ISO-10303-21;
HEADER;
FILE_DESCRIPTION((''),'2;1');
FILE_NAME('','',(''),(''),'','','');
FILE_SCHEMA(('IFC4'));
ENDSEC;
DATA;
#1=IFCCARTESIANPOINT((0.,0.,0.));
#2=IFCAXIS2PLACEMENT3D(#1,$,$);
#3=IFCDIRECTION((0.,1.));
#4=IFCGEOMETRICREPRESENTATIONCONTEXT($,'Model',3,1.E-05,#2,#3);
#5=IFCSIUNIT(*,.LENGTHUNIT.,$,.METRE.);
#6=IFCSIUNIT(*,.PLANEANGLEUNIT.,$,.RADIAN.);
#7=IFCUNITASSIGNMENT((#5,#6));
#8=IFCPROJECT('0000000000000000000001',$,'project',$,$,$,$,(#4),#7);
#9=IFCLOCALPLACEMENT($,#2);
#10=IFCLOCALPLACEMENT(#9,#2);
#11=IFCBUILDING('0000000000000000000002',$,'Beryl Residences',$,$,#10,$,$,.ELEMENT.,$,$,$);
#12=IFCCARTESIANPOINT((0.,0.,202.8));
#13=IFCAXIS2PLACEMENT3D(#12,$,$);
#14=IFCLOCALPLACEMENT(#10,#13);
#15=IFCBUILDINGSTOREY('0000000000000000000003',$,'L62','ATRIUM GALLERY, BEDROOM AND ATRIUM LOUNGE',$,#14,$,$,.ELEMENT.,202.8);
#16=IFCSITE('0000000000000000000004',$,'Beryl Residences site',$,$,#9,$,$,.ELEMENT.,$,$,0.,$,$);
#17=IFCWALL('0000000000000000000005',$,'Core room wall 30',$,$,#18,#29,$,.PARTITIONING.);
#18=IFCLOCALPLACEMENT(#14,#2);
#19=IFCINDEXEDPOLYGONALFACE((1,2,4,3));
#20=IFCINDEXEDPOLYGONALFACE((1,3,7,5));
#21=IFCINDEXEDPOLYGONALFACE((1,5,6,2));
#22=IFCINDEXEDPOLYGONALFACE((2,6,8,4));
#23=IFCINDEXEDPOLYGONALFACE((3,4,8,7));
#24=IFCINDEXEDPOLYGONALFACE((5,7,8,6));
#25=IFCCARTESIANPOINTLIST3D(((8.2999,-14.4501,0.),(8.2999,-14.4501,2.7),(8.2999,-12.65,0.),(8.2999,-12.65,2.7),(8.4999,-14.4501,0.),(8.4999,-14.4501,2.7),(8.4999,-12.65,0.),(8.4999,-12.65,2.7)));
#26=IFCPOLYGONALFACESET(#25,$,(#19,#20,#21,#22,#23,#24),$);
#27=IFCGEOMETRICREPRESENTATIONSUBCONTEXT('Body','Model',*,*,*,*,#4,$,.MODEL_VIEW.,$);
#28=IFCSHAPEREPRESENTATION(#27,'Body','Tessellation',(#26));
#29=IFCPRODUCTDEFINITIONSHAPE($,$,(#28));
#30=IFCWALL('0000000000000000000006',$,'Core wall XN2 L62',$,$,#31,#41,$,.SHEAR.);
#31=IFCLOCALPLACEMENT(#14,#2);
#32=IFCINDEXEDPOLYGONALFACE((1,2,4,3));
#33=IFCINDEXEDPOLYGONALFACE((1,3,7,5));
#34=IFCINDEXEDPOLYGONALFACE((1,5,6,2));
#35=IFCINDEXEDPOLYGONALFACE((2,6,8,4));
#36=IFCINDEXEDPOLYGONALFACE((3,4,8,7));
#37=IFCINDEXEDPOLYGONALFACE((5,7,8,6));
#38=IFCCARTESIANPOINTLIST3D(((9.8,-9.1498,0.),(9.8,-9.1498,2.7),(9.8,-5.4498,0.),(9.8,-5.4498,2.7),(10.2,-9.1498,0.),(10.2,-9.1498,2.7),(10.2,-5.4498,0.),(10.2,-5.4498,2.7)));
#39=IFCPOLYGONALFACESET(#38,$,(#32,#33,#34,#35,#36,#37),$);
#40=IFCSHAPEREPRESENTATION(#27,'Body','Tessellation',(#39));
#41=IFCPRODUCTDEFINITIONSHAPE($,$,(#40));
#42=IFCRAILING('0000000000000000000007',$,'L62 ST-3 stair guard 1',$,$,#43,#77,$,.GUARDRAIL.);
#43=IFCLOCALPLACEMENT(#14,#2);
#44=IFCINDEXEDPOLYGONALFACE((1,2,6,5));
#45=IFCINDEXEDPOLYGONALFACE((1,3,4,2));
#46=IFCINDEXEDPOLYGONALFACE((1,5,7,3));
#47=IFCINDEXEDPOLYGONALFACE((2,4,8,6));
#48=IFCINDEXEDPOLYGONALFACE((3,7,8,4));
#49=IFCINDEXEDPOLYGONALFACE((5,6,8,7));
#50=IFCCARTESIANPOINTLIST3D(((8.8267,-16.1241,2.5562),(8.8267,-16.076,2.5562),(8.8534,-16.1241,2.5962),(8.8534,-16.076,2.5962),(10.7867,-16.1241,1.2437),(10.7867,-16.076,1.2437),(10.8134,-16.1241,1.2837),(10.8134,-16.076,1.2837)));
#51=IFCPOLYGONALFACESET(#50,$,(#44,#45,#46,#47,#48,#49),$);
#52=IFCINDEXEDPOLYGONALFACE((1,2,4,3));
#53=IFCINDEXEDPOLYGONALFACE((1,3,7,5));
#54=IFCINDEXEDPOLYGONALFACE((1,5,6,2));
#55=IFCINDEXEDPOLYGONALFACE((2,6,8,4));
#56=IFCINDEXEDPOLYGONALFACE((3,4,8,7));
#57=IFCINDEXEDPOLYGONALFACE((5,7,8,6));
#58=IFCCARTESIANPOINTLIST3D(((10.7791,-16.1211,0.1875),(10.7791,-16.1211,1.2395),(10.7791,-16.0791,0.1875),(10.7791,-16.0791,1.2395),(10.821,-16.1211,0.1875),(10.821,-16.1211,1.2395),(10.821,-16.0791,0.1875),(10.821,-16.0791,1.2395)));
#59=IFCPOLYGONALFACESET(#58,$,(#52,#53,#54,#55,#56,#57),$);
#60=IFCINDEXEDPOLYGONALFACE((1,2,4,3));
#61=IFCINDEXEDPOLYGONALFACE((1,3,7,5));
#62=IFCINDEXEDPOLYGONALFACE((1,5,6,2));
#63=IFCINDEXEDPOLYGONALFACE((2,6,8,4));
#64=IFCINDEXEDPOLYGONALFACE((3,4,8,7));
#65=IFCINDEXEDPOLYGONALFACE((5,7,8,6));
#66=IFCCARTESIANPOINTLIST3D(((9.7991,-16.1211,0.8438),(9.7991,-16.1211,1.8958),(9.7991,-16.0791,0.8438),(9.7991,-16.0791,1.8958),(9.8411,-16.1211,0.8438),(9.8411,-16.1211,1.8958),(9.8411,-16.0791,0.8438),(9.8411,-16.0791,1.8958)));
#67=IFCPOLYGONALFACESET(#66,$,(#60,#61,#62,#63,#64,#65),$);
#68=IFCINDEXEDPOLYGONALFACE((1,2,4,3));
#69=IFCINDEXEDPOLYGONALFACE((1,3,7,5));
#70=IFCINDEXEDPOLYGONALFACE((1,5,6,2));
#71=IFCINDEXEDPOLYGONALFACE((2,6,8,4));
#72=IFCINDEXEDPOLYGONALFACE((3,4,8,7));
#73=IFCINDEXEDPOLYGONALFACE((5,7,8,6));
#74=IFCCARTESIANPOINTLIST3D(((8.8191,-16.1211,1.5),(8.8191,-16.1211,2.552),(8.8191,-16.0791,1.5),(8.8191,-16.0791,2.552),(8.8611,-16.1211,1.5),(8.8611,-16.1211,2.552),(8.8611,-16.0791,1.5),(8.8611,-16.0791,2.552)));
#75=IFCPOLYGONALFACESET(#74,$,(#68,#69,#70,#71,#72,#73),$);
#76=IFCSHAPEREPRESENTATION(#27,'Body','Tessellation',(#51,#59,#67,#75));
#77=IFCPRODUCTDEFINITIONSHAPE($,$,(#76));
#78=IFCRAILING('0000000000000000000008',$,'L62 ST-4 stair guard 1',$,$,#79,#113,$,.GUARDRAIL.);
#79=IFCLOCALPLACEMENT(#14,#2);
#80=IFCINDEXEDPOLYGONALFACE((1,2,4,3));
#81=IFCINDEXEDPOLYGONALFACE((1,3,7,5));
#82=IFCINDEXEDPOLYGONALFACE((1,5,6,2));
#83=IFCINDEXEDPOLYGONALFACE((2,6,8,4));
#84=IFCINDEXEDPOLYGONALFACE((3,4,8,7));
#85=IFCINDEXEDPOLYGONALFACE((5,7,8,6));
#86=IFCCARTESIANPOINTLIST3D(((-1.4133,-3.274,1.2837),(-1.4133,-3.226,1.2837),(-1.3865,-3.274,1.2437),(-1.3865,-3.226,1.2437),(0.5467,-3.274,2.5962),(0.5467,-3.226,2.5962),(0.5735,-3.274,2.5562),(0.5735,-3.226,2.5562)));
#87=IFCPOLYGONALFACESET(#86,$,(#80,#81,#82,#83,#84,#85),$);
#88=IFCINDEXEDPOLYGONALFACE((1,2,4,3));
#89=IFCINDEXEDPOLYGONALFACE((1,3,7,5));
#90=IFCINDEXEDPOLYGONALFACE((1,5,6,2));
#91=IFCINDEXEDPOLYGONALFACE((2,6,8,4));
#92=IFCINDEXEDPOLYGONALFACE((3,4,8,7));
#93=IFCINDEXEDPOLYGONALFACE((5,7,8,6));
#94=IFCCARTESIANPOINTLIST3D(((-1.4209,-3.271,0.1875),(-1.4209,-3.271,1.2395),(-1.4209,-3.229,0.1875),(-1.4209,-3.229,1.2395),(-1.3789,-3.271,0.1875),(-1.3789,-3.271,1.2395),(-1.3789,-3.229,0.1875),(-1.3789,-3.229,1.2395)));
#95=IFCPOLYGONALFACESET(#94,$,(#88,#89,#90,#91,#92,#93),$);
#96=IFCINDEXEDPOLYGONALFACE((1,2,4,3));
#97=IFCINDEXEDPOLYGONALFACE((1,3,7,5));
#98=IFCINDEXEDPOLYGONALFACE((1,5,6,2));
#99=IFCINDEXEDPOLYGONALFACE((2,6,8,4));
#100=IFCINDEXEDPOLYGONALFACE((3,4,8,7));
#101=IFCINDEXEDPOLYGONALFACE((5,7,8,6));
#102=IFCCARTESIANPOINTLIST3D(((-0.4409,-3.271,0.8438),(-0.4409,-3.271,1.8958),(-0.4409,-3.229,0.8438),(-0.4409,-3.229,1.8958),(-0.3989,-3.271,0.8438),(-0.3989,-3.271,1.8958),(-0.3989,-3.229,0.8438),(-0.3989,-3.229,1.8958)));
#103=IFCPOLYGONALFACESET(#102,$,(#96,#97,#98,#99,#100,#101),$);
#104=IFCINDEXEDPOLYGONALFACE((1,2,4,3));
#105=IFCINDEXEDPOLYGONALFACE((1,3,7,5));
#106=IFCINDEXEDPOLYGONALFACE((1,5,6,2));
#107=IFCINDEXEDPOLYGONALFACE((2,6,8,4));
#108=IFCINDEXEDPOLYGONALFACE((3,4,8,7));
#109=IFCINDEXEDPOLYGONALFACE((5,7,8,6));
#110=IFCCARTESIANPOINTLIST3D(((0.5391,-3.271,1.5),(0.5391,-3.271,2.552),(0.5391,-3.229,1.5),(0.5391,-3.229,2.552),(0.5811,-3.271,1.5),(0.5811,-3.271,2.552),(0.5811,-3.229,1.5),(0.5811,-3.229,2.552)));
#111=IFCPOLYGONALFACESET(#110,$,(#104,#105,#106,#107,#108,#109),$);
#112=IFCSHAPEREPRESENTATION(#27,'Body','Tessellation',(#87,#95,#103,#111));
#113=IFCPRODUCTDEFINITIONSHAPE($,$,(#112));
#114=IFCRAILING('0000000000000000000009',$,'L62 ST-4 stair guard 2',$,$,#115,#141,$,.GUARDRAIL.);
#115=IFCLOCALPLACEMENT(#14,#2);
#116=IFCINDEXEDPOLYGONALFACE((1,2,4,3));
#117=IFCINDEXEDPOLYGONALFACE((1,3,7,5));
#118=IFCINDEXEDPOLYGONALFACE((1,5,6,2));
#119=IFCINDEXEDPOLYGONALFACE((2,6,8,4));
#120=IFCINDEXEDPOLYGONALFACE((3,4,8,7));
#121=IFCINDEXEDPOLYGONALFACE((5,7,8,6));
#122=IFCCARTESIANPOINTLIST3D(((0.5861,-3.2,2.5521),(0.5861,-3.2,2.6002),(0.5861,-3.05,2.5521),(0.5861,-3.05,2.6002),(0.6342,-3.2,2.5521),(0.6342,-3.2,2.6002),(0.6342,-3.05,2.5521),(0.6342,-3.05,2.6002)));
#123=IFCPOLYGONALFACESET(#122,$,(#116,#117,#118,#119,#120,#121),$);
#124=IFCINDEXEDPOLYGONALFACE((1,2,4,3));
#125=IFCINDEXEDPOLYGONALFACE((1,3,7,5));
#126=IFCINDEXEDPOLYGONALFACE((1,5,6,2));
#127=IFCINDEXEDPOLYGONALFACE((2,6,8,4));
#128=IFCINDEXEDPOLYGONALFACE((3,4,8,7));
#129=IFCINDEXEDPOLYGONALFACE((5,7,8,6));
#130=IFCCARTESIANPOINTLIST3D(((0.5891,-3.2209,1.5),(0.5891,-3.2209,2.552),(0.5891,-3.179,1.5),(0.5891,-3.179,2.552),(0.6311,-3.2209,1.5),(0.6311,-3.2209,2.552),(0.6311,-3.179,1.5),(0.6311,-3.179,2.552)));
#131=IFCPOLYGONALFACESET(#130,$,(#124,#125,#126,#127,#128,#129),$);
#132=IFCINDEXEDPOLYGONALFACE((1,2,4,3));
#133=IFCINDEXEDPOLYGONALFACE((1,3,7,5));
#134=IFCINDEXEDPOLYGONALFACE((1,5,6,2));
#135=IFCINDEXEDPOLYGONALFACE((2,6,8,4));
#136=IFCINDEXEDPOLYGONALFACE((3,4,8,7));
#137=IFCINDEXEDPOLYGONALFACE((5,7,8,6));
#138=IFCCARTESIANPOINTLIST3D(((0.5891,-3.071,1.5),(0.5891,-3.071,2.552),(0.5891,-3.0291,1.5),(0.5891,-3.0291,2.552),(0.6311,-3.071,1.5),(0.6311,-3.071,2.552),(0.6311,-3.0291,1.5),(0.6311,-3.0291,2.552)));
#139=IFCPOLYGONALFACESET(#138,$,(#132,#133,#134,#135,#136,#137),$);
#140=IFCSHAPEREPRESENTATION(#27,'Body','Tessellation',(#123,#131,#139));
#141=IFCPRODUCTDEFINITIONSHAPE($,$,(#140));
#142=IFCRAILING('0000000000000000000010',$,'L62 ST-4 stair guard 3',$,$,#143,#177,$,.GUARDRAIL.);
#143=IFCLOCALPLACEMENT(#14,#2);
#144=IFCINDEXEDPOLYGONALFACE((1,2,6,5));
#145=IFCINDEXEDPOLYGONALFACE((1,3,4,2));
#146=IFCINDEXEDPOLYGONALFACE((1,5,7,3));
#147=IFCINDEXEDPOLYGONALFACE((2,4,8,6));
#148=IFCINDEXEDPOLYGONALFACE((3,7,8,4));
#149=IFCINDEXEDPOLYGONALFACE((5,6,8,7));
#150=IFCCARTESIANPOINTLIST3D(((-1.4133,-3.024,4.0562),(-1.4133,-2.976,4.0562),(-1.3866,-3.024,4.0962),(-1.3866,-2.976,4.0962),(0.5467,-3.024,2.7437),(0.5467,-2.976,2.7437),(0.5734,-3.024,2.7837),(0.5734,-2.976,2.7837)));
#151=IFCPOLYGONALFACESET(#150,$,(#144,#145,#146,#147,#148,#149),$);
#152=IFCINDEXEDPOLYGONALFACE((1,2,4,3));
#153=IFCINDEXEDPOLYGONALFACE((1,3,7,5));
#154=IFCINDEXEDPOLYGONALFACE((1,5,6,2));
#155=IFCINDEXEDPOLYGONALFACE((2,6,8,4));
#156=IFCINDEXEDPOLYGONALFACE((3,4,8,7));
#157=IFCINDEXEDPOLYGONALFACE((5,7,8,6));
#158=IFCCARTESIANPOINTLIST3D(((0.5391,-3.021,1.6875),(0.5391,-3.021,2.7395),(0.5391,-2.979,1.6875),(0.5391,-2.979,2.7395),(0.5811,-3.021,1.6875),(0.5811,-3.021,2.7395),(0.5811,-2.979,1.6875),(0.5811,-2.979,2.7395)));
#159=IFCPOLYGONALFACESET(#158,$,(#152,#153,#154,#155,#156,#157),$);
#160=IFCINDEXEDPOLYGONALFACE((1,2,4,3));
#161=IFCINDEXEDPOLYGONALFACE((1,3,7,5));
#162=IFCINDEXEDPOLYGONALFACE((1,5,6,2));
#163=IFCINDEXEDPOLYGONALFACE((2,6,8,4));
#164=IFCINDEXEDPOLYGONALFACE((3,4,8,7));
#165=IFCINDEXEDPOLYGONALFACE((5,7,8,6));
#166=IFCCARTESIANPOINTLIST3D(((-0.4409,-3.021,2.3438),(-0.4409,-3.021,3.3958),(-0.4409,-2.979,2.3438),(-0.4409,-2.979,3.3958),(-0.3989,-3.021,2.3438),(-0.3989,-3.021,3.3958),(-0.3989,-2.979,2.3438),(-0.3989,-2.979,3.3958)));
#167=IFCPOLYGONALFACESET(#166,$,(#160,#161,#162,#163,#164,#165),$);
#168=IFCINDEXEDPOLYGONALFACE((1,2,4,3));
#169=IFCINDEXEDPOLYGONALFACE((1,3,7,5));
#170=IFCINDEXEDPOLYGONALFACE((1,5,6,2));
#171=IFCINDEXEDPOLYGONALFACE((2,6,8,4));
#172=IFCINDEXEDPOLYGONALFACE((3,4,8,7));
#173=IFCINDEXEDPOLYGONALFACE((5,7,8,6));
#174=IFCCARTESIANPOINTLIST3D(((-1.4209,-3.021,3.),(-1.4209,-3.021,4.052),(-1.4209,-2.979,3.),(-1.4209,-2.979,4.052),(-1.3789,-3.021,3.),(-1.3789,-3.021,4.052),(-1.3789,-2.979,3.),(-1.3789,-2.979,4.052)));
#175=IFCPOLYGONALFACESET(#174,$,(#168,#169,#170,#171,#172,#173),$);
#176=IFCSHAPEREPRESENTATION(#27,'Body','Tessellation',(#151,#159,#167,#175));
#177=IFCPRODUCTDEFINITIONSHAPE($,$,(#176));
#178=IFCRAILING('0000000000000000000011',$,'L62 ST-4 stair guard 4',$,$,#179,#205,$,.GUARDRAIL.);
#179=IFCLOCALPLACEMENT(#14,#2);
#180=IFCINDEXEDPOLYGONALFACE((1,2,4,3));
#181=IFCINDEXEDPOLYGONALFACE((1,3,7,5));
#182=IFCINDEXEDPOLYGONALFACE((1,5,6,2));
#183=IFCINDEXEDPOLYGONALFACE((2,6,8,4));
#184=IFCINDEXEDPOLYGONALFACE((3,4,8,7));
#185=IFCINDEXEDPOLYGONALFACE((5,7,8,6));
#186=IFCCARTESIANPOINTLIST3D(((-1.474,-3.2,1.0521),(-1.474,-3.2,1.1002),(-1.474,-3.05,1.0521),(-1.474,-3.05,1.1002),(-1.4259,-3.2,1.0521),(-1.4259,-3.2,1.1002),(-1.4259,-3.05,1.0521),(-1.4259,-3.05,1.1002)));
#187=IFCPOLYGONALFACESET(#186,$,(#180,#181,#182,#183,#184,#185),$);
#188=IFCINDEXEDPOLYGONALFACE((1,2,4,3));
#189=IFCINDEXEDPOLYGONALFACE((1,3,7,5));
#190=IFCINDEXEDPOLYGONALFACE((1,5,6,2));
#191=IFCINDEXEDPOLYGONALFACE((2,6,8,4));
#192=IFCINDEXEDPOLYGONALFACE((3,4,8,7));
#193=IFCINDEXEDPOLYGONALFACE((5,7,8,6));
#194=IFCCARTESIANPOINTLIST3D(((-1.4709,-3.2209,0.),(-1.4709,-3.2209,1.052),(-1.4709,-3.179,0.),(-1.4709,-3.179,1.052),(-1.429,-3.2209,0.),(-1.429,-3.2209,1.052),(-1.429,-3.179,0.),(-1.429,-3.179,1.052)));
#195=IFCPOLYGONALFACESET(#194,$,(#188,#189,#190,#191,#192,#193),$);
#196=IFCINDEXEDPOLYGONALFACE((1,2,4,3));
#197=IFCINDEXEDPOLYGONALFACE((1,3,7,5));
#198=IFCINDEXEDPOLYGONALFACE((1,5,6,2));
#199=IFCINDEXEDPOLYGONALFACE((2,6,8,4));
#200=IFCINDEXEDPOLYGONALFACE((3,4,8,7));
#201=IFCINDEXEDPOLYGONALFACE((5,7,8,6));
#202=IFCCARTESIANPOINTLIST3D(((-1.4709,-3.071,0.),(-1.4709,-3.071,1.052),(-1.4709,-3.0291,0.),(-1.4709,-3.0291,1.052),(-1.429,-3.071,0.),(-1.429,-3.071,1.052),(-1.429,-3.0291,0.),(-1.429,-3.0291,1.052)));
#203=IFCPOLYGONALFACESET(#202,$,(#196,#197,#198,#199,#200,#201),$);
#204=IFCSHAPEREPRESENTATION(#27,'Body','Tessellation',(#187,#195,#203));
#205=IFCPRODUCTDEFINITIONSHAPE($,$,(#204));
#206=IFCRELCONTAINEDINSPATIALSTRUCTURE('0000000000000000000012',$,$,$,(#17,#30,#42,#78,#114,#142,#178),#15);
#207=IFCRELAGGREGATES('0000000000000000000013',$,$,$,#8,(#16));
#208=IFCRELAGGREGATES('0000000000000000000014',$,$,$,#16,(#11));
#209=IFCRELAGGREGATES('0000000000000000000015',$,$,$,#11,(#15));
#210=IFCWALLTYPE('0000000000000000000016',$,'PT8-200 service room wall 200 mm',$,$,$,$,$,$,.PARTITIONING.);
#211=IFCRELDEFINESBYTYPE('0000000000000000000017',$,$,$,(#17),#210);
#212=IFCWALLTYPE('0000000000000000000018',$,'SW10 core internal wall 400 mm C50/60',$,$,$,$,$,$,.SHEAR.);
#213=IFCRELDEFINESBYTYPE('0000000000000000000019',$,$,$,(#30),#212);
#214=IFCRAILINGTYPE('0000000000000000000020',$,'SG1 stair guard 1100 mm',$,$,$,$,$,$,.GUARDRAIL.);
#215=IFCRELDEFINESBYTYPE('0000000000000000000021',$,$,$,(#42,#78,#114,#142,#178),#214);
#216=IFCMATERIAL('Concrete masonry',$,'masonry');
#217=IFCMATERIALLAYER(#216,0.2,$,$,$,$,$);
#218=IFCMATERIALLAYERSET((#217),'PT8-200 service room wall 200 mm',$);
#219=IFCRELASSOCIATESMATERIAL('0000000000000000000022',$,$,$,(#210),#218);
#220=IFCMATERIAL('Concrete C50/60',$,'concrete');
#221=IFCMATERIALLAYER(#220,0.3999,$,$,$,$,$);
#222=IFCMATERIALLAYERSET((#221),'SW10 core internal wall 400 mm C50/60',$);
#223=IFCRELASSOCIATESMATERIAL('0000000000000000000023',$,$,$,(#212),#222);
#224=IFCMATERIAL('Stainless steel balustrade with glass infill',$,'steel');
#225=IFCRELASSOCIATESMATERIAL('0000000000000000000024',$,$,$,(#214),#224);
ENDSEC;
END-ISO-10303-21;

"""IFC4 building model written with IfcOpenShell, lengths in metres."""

from ifc_helpers import new_model, si_unit, direction, frame, frame_2d, origin, origin_2d, place, context, subcontext, project, spatial, rectangle, extrude, material, layer, layer_set, type_object, element, save


model = new_model("IFC4")

# Units and contexts
model_context = context("Model", 3, precision=1e-05, world=origin(), true_north=direction((0.0, 1.0)))
body_context = subcontext(model_context, "Body", "Model", "MODEL_VIEW")
ifc_project = project(units=[si_unit("LENGTHUNIT", "METRE"), si_unit("PLANEANGLEUNIT", "RADIAN")], contexts=[model_context])

# Site, building, storey
site_placement = place(None, origin())
site = spatial("IfcSite", under=ifc_project, at=site_placement, Name="Beryl Residences site", CompositionType="ELEMENT", RefElevation=0.0)
building_placement = place(site_placement, origin())
building = spatial("IfcBuilding", under=site, at=building_placement, Name="Beryl Residences", CompositionType="ELEMENT")
storey_placement = place(building_placement, frame((0.0, 0.0, 202.8)))
storey = spatial("IfcBuildingStorey", under=building, at=storey_placement, Name="L62", Description="ATRIUM GALLERY, BEDROOM AND ATRIUM LOUNGE", CompositionType="ELEMENT", Elevation=202.8)

# Walls
ifc_material_1 = material(Name="Concrete masonry", Category="masonry")
ifc_layer_1 = layer(ifc_material_1, 0.2)
ifc_layer_set_1 = layer_set([ifc_layer_1], Name="PT8-200 service room wall 200 mm")
wall_type_1 = type_object("IfcWallType", Name="PT8-200 service room wall 200 mm", PredefinedType="PARTITIONING", material=ifc_layer_set_1)
wall_1_placement = place(storey_placement, frame((8.3999, -14.45, 0.0), z_axis=(0.0, 0.0, 1.0), x_axis=(0.0, 1.0, 0.0)))
element("IfcWall", 1, at=wall_1_placement, inside=storey, type_object=wall_type_1, Name="Core room wall 30", PredefinedType="PARTITIONING", context=body_context, shape_type="SweptSolid", body=[
    extrude(rectangle(XDim=1.8, YDim=0.2, at=frame_2d((0.8999, 0.0))), origin(), (0.0, 0.0, 1.0), 2.7),
])
ifc_material_2 = material(Name="Concrete C50/60", Category="concrete")
ifc_layer_2 = layer(ifc_material_2, 0.3999)
ifc_layer_set_2 = layer_set([ifc_layer_2], Name="SW10 core internal wall 400 mm C50/60")
wall_type_2 = type_object("IfcWallType", Name="SW10 core internal wall 400 mm C50/60", PredefinedType="SHEAR", material=ifc_layer_set_2)
wall_2_placement = place(storey_placement, frame((10.0, -9.1499, 0.0), z_axis=(0.0, 0.0, 1.0), x_axis=(0.0, 1.0, 0.0)))
element("IfcWall", 2, at=wall_2_placement, inside=storey, type_object=wall_type_2, Name="Core wall XN2 L62", PredefinedType="SHEAR", context=body_context, shape_type="SweptSolid", body=[
    extrude(rectangle(XDim=3.7, YDim=0.3999, at=frame_2d((1.8501, 0.0))), origin(), (0.0, 0.0, 1.0), 2.7),
])

# Railings
ifc_material_3 = material(Name="Stainless steel balustrade with glass infill", Category="steel")
railing_type_1 = type_object("IfcRailingType", Name="SG1 stair guard 1100 mm", PredefinedType="GUARDRAIL", material=ifc_material_3)
railing_1_placement = place(storey_placement, frame((10.8, -16.1001, 0.1875)))
element("IfcRailing", 3, at=railing_1_placement, inside=storey, type_object=railing_type_1, Name="L62 ST-3 stair guard 1", PredefinedType="GUARDRAIL", context=body_context, shape_type="SweptSolid", body=[
    extrude(rectangle(XDim=0.0481, YDim=0.0481, at=origin_2d()), frame((0.0, 0.0, 1.0762), z_axis=(-0.830902, 0.0, 0.556419), x_axis=(0.0, -1.0, 0.0)), (0.0, 0.0, 1.0), 2.3589),
    extrude(rectangle(XDim=0.042, YDim=0.042, at=origin_2d()), origin(), (0.0, 0.0, 1.0), 1.052),
    extrude(rectangle(XDim=0.042, YDim=0.042, at=origin_2d()), frame((-0.98, 0.0, 0.6562)), (0.0, 0.0, 1.0), 1.052),
    extrude(rectangle(XDim=0.042, YDim=0.042, at=origin_2d()), frame((-1.96, 0.0, 1.3125)), (0.0, 0.0, 1.0), 1.052),
])
railing_2_placement = place(storey_placement, frame((-1.3999, -3.25, 0.1875)))
element("IfcRailing", 4, at=railing_2_placement, inside=storey, type_object=railing_type_1, Name="L62 ST-4 stair guard 1", PredefinedType="GUARDRAIL", context=body_context, shape_type="SweptSolid", body=[
    extrude(rectangle(XDim=0.0481, YDim=0.0481, at=origin_2d()), frame((0.0, 0.0, 1.0762), z_axis=(0.830902, 0.0, 0.556419), x_axis=(0.0, 1.0, 0.0)), (0.0, 0.0, 1.0), 2.3589),
    extrude(rectangle(XDim=0.042, YDim=0.042, at=origin_2d()), origin(), (0.0, 0.0, 1.0), 1.052),
    extrude(rectangle(XDim=0.042, YDim=0.042, at=origin_2d()), frame((0.98, 0.0, 0.6562)), (0.0, 0.0, 1.0), 1.052),
    extrude(rectangle(XDim=0.042, YDim=0.042, at=origin_2d()), frame((1.96, 0.0, 1.3125)), (0.0, 0.0, 1.0), 1.052),
])
railing_3_placement = place(storey_placement, frame((0.6101, -3.2, 1.5)))
element("IfcRailing", 5, at=railing_3_placement, inside=storey, type_object=railing_type_1, Name="L62 ST-4 stair guard 2", PredefinedType="GUARDRAIL", context=body_context, shape_type="SweptSolid", body=[
    extrude(rectangle(XDim=0.0481, YDim=0.0481, at=origin_2d()), frame((0.0, 0.0, 1.0762), z_axis=(0.0, 1.0, 0.0), x_axis=(-1.0, 0.0, 0.0)), (0.0, 0.0, 1.0), 0.1499),
    extrude(rectangle(XDim=0.042, YDim=0.042, at=origin_2d()), origin(), (0.0, 0.0, 1.0), 1.052),
    extrude(rectangle(XDim=0.042, YDim=0.042, at=origin_2d()), frame((0.0, 0.1499, 0.0)), (0.0, 0.0, 1.0), 1.052),
])
railing_4_placement = place(storey_placement, frame((0.5601, -3.0, 1.6875)))
element("IfcRailing", 6, at=railing_4_placement, inside=storey, type_object=railing_type_1, Name="L62 ST-4 stair guard 3", PredefinedType="GUARDRAIL", context=body_context, shape_type="SweptSolid", body=[
    extrude(rectangle(XDim=0.0481, YDim=0.0481, at=origin_2d()), frame((0.0, 0.0, 1.0762), z_axis=(-0.830902, 0.0, 0.556419), x_axis=(0.0, -1.0, 0.0)), (0.0, 0.0, 1.0), 2.3589),
    extrude(rectangle(XDim=0.042, YDim=0.042, at=origin_2d()), origin(), (0.0, 0.0, 1.0), 1.052),
    extrude(rectangle(XDim=0.042, YDim=0.042, at=origin_2d()), frame((-0.98, 0.0, 0.6562)), (0.0, 0.0, 1.0), 1.052),
    extrude(rectangle(XDim=0.042, YDim=0.042, at=origin_2d()), frame((-1.96, 0.0, 1.3125)), (0.0, 0.0, 1.0), 1.052),
])
railing_5_placement = place(storey_placement, frame((-1.45, -3.2, 0.0)))
element("IfcRailing", 7, at=railing_5_placement, inside=storey, type_object=railing_type_1, Name="L62 ST-4 stair guard 4", PredefinedType="GUARDRAIL", context=body_context, shape_type="SweptSolid", body=[
    extrude(rectangle(XDim=0.0481, YDim=0.0481, at=origin_2d()), frame((0.0, 0.0, 1.0762), z_axis=(0.0, 1.0, 0.0), x_axis=(-1.0, 0.0, 0.0)), (0.0, 0.0, 1.0), 0.1499),
    extrude(rectangle(XDim=0.042, YDim=0.042, at=origin_2d()), origin(), (0.0, 0.0, 1.0), 1.052),
    extrude(rectangle(XDim=0.042, YDim=0.042, at=origin_2d()), frame((0.0, 0.1499, 0.0)), (0.0, 0.0, 1.0), 1.052),
])

save(model, "model.ifc")
